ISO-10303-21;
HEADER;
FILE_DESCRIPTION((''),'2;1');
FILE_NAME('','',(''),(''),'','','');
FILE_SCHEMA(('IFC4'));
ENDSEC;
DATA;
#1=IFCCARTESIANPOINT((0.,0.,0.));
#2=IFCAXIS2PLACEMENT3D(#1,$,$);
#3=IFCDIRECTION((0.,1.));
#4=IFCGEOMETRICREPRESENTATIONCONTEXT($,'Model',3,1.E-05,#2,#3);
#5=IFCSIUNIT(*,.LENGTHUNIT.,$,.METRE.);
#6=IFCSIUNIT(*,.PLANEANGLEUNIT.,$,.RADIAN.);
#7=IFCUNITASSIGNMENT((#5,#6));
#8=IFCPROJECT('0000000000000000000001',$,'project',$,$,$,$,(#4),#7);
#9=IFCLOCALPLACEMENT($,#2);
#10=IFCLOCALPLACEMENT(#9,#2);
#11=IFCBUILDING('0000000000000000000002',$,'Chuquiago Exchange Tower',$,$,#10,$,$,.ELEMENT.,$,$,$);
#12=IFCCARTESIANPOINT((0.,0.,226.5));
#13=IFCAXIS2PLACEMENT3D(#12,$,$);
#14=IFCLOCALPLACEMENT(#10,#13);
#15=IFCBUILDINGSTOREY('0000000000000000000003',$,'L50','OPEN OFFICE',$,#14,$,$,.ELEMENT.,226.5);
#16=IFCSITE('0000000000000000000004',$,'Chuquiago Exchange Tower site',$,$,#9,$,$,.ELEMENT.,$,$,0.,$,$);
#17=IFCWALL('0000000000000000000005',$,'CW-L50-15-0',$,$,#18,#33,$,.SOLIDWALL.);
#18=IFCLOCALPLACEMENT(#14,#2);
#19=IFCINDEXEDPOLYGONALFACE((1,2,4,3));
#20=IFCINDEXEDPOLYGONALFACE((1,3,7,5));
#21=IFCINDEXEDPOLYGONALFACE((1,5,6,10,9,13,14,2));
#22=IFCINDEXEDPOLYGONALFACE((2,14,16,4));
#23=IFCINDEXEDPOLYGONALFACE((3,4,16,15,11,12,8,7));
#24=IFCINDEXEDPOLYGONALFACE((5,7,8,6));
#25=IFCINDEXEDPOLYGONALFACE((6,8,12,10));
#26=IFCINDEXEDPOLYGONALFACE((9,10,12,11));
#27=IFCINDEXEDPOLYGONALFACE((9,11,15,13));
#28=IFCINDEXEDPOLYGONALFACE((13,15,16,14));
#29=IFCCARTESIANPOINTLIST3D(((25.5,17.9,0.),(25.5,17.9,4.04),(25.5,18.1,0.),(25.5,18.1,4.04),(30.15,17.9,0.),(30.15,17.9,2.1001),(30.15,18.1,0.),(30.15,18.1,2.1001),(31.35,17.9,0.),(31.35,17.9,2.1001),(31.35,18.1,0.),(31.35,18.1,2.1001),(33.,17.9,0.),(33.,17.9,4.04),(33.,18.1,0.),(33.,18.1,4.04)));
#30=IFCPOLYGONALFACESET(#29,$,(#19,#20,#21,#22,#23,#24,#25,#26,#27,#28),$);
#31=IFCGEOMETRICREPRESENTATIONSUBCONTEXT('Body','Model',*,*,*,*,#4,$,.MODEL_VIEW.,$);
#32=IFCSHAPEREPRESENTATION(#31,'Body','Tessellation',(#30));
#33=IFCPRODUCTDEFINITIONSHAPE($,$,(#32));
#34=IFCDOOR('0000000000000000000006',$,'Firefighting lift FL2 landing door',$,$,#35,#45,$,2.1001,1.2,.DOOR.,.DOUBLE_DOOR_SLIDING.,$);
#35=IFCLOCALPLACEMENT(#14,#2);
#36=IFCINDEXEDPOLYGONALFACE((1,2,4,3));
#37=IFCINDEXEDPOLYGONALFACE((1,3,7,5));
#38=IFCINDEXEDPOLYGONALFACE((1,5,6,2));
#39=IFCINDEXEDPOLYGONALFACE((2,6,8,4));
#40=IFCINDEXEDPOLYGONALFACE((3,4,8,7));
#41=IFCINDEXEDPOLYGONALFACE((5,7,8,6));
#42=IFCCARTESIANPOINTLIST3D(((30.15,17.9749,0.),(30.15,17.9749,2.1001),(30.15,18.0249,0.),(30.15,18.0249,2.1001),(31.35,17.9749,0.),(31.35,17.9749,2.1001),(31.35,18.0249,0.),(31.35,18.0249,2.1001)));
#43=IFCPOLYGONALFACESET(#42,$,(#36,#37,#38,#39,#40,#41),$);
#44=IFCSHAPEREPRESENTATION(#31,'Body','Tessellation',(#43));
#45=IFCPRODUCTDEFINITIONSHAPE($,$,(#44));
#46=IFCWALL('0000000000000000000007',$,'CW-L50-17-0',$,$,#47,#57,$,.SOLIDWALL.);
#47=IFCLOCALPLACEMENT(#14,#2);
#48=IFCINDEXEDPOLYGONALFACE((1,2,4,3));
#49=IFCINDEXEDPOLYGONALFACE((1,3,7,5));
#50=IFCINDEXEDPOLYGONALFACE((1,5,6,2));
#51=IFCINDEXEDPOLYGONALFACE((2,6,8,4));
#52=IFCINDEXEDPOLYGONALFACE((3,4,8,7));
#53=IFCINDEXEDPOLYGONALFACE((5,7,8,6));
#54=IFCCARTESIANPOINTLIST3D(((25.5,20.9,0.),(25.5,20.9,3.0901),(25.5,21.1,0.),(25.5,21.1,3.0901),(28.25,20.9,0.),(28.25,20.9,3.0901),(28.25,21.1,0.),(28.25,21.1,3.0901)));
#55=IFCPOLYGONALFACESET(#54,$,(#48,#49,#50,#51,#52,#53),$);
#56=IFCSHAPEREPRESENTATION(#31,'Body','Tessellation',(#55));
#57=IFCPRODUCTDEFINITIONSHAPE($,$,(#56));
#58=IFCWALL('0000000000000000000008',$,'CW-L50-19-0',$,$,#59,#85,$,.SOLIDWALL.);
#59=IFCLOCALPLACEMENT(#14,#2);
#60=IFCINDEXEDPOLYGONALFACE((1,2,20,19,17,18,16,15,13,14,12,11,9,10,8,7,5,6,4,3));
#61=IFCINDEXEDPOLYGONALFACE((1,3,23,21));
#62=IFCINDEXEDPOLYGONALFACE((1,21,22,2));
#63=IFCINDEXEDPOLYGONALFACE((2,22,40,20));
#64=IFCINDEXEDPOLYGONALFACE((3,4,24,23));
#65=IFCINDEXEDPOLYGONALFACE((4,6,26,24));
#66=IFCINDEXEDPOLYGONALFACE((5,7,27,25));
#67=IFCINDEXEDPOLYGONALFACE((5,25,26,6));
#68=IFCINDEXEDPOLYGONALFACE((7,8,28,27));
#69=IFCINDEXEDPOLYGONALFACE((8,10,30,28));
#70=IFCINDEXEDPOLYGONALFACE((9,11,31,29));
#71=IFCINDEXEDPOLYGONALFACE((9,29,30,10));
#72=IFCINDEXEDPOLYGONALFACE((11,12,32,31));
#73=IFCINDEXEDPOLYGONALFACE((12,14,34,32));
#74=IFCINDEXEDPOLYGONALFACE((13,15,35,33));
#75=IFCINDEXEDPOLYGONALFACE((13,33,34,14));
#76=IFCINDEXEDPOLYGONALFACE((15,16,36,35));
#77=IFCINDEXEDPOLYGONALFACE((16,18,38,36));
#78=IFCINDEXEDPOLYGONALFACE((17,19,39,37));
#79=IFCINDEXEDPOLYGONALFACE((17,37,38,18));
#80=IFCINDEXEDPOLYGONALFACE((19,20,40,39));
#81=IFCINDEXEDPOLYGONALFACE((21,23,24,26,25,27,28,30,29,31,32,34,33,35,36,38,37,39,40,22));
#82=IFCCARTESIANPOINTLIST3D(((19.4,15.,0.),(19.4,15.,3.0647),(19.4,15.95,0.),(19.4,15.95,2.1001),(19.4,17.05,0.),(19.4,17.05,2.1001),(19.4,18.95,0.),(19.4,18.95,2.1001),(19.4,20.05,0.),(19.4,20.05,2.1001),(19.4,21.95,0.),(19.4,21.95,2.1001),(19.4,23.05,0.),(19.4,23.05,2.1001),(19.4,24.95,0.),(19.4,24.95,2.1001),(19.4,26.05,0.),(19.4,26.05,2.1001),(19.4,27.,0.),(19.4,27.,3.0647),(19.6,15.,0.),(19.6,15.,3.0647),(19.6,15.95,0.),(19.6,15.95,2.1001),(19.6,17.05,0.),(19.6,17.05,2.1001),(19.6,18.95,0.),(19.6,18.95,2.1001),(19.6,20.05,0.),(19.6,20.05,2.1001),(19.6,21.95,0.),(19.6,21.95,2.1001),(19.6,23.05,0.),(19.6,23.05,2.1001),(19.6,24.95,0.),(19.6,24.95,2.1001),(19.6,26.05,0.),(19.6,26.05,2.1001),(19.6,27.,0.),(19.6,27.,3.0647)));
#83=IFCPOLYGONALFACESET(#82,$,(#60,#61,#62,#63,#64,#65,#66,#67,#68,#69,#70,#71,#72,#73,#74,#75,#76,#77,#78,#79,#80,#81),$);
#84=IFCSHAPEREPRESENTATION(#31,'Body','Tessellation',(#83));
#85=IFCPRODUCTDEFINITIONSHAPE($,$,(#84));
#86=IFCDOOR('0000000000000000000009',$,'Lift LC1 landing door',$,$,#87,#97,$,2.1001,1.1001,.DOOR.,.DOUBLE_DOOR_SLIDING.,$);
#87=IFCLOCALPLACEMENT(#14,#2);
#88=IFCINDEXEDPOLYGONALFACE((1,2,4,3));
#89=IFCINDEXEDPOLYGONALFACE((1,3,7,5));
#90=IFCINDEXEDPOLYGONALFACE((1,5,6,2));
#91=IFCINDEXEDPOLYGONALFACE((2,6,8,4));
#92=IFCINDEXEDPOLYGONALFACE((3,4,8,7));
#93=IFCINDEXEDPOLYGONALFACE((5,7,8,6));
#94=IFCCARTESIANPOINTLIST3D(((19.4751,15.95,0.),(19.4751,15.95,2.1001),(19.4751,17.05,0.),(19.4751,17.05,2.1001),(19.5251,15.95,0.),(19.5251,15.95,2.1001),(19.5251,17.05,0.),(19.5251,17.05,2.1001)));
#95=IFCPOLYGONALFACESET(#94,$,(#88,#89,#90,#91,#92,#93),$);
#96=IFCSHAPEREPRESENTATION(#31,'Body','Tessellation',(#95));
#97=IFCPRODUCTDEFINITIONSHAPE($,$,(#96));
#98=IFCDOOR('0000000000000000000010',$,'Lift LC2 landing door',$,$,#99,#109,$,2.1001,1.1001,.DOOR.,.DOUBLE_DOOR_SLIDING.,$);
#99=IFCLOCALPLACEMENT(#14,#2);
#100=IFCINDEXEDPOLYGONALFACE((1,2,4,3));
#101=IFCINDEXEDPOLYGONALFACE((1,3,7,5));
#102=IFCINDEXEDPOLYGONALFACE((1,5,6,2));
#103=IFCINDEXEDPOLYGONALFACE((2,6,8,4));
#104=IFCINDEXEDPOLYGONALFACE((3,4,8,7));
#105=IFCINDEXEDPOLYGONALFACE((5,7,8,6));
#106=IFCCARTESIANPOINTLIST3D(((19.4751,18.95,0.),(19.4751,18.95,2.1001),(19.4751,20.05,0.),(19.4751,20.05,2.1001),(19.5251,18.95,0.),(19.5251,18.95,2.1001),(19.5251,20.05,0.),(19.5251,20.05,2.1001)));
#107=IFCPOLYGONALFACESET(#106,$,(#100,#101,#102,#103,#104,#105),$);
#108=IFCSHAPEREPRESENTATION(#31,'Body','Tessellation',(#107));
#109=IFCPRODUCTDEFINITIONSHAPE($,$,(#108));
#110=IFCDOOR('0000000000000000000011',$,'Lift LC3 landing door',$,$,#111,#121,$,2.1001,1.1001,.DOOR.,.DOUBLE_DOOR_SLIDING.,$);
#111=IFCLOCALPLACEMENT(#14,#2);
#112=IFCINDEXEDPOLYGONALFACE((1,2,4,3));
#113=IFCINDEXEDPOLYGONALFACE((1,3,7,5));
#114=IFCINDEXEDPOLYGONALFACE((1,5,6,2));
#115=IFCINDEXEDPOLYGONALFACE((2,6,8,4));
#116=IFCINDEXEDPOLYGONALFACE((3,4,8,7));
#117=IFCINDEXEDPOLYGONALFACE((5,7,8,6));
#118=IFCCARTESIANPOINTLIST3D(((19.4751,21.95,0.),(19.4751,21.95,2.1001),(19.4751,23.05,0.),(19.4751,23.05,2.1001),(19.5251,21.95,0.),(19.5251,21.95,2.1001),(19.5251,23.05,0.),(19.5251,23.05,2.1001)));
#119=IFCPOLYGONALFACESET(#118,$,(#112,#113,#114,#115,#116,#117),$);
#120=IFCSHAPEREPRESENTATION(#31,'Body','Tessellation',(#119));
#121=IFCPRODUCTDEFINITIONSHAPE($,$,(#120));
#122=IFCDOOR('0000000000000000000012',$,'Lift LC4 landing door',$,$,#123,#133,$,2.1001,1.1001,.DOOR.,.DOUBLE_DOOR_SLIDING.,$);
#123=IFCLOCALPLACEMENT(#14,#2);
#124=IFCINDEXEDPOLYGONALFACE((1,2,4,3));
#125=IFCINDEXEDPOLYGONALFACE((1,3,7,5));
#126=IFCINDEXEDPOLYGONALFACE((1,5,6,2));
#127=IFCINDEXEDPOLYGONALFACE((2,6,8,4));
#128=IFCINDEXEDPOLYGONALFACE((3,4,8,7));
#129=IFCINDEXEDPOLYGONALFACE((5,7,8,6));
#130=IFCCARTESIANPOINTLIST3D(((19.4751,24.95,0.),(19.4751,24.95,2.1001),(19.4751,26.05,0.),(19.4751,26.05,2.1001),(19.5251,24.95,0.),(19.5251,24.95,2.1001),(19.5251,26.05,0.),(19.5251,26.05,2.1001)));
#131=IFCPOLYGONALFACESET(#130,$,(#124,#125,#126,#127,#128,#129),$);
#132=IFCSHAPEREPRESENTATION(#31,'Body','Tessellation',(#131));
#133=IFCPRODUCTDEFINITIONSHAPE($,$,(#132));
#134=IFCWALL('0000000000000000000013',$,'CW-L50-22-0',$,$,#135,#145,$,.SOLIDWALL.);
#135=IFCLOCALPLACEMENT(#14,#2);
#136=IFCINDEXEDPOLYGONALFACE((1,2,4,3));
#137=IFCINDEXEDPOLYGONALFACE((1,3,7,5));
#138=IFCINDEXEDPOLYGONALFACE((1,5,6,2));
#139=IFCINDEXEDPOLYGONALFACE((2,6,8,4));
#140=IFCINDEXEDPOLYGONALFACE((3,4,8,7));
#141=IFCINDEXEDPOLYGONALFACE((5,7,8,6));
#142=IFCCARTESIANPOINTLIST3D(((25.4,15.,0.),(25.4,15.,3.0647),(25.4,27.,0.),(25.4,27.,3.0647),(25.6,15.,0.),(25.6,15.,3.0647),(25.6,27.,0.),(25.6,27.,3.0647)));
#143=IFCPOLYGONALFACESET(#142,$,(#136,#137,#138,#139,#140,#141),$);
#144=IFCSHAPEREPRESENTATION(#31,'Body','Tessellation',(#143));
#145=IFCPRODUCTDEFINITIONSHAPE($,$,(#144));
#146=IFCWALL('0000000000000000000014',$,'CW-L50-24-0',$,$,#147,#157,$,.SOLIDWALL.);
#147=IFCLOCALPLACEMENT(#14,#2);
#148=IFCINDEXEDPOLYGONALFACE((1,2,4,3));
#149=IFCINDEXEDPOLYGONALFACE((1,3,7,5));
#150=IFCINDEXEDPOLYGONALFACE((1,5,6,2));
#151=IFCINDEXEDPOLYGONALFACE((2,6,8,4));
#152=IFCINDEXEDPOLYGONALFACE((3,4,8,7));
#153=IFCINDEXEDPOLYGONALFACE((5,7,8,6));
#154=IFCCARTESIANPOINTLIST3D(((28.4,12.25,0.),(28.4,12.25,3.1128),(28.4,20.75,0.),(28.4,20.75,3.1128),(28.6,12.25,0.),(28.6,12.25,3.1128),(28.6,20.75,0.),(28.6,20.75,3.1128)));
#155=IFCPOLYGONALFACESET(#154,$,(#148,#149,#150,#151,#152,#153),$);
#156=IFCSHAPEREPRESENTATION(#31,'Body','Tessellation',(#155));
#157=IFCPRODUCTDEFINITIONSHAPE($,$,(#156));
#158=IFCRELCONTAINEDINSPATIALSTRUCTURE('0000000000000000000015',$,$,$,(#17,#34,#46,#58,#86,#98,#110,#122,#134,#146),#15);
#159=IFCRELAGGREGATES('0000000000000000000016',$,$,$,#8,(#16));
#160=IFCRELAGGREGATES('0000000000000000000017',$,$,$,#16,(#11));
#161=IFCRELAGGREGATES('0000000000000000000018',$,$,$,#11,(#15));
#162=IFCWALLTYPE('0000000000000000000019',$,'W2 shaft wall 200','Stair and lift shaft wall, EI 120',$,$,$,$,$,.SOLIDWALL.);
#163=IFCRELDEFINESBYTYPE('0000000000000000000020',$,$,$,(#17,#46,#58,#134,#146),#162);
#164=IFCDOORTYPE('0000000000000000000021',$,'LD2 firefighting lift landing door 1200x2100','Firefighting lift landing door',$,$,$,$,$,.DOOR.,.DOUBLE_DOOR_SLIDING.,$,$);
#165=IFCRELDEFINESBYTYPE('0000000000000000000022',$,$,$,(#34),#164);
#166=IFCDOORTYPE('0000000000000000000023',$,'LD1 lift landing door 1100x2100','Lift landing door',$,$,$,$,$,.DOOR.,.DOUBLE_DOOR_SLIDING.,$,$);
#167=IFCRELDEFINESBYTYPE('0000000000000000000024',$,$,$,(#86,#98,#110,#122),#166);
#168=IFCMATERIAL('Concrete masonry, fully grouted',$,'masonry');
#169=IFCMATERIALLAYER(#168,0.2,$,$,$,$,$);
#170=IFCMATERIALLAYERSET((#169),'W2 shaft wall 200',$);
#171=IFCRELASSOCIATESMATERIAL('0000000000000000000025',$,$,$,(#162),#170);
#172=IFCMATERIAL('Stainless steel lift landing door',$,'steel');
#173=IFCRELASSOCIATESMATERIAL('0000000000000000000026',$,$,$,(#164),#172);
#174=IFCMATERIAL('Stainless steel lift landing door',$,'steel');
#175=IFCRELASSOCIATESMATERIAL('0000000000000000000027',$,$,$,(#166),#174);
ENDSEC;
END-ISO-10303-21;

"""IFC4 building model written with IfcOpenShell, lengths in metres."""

from ifc_helpers import new_model, si_unit, direction, frame, frame_2d, origin, place, context, subcontext, project, spatial, rectangle, extrude, material, layer, layer_set, type_object, element, fill, save


model = new_model("IFC4")

# Units and contexts
model_context = context("Model", 3, precision=1e-05, world=origin(), true_north=direction((0.0, 1.0)))
body_context = subcontext(model_context, "Body", "Model", "MODEL_VIEW")
ifc_project = project(units=[si_unit("LENGTHUNIT", "METRE"), si_unit("PLANEANGLEUNIT", "RADIAN")], contexts=[model_context])

# Site, building, storey
site_placement = place(None, origin())
site = spatial("IfcSite", under=ifc_project, at=site_placement, Name="Chuquiago Exchange Tower site", CompositionType="ELEMENT", RefElevation=0.0)
building_placement = place(site_placement, origin())
building = spatial("IfcBuilding", under=site, at=building_placement, Name="Chuquiago Exchange Tower", CompositionType="ELEMENT")
storey_placement = place(building_placement, frame((0.0, 0.0, 226.5)))
storey = spatial("IfcBuildingStorey", under=building, at=storey_placement, Name="L50", Description="OPEN OFFICE", CompositionType="ELEMENT", Elevation=226.5)

# Shared definitions
ifc_material_1 = material(Name="Concrete masonry, fully grouted", Category="masonry")
ifc_layer_1 = layer(ifc_material_1, 0.2)
ifc_layer_set_1 = layer_set([ifc_layer_1], Name="W2 shaft wall 200")
wall_type_1 = type_object("IfcWallType", Name="W2 shaft wall 200", Description="Stair and lift shaft wall, EI 120", PredefinedType="SOLIDWALL", material=ifc_layer_set_1)

# Wall, opening, door
wall_1_placement = place(storey_placement, frame((25.5, 18.0, 0.0), z_axis=(0.0, 0.0, 1.0), x_axis=(1.0, 0.0, 0.0)))
wall_1 = element("IfcWall", 1, at=wall_1_placement, inside=storey, type_object=wall_type_1, Name="CW-L50-15-0", PredefinedType="SOLIDWALL", context=body_context, shape_type="SweptSolid", body=[
    extrude(rectangle(XDim=7.5, YDim=0.2, at=frame_2d((3.75, 0.0))), origin(), (0.0, 0.0, 1.0), 4.04),
])
opening_1_placement = place(wall_1_placement, frame((4.6499, 0.0, 0.0)))
opening_1 = element("IfcOpeningElement", 2, at=opening_1_placement, cuts=wall_1, PredefinedType="OPENING", context=body_context, shape_type="SweptSolid", body=[
    extrude(rectangle(XDim=1.2, YDim=2.1001, at=frame_2d((0.6001, 1.05))), frame((0.0, 0.1099, 0.0), z_axis=(0.0, -1.0, 0.0), x_axis=(1.0, 0.0, 0.0)), (0.0, 0.0, 1.0), 0.22),
])
ifc_material_2 = material(Name="Stainless steel lift landing door", Category="steel")
door_type_1 = type_object("IfcDoorType", Name="LD2 firefighting lift landing door 1200x2100", Description="Firefighting lift landing door", OperationType="DOUBLE_DOOR_SLIDING", PredefinedType="DOOR", material=ifc_material_2)
door_1_placement = place(opening_1_placement, origin())
door_1 = element("IfcDoor", 3, at=door_1_placement, inside=storey, type_object=door_type_1, Name="Firefighting lift FL2 landing door", OperationType="DOUBLE_DOOR_SLIDING", OverallHeight=2.1001, OverallWidth=1.2, PredefinedType="DOOR", context=body_context, shape_type="SweptSolid", body=[
    extrude(rectangle(XDim=1.2, YDim=2.1001, at=frame_2d((0.6001, 1.05))), frame((0.0, 0.0249, 0.0), z_axis=(0.0, -1.0, 0.0), x_axis=(1.0, 0.0, 0.0)), (0.0, 0.0, 1.0), 0.05),
])
fill(opening_1, door_1)

# Wall
wall_2_placement = place(storey_placement, frame((25.5, 21.0, 0.0), z_axis=(0.0, 0.0, 1.0), x_axis=(1.0, 0.0, 0.0)))
element("IfcWall", 4, at=wall_2_placement, inside=storey, type_object=wall_type_1, Name="CW-L50-17-0", PredefinedType="SOLIDWALL", context=body_context, shape_type="SweptSolid", body=[
    extrude(rectangle(XDim=2.75, YDim=0.2, at=frame_2d((1.375, 0.0))), origin(), (0.0, 0.0, 1.0), 3.0901),
])

# Wall, openings, doors
wall_3_placement = place(storey_placement, frame((19.5, 15.0, 0.0), z_axis=(0.0, 0.0, 1.0), x_axis=(0.0, 1.0, 0.0)))
wall_3 = element("IfcWall", 5, at=wall_3_placement, inside=storey, type_object=wall_type_1, Name="CW-L50-19-0", PredefinedType="SOLIDWALL", context=body_context, shape_type="SweptSolid", body=[
    extrude(rectangle(XDim=12.0, YDim=0.2, at=frame_2d((6.0, 0.0))), origin(), (0.0, 0.0, 1.0), 3.0647),
])
opening_2_placement = place(wall_3_placement, frame((0.95, 0.0, 0.0)))
opening_2 = element("IfcOpeningElement", 6, at=opening_2_placement, cuts=wall_3, PredefinedType="OPENING", context=body_context, shape_type="SweptSolid", body=[
    extrude(rectangle(XDim=1.1001, YDim=2.1001, at=frame_2d((0.55, 1.05))), frame((0.0, 0.1099, 0.0), z_axis=(0.0, -1.0, 0.0), x_axis=(1.0, 0.0, 0.0)), (0.0, 0.0, 1.0), 0.22),
])
opening_3_placement = place(wall_3_placement, frame((3.95, 0.0, 0.0)))
opening_3 = element("IfcOpeningElement", 7, at=opening_3_placement, cuts=wall_3, PredefinedType="OPENING", context=body_context, shape_type="SweptSolid", body=[
    extrude(rectangle(XDim=1.1001, YDim=2.1001, at=frame_2d((0.55, 1.05))), frame((0.0, 0.1099, 0.0), z_axis=(0.0, -1.0, 0.0), x_axis=(1.0, 0.0, 0.0)), (0.0, 0.0, 1.0), 0.22),
])
opening_4_placement = place(wall_3_placement, frame((6.95, 0.0, 0.0)))
opening_4 = element("IfcOpeningElement", 8, at=opening_4_placement, cuts=wall_3, PredefinedType="OPENING", context=body_context, shape_type="SweptSolid", body=[
    extrude(rectangle(XDim=1.1001, YDim=2.1001, at=frame_2d((0.55, 1.05))), frame((0.0, 0.1099, 0.0), z_axis=(0.0, -1.0, 0.0), x_axis=(1.0, 0.0, 0.0)), (0.0, 0.0, 1.0), 0.22),
])
opening_5_placement = place(wall_3_placement, frame((9.95, 0.0, 0.0)))
opening_5 = element("IfcOpeningElement", 9, at=opening_5_placement, cuts=wall_3, PredefinedType="OPENING", context=body_context, shape_type="SweptSolid", body=[
    extrude(rectangle(XDim=1.1001, YDim=2.1001, at=frame_2d((0.55, 1.05))), frame((0.0, 0.1099, 0.0), z_axis=(0.0, -1.0, 0.0), x_axis=(1.0, 0.0, 0.0)), (0.0, 0.0, 1.0), 0.22),
])
ifc_material_3 = material(Name="Stainless steel lift landing door", Category="steel")
door_type_2 = type_object("IfcDoorType", Name="LD1 lift landing door 1100x2100", Description="Lift landing door", OperationType="DOUBLE_DOOR_SLIDING", PredefinedType="DOOR", material=ifc_material_3)
door_2_placement = place(opening_2_placement, origin())
door_2 = element("IfcDoor", 10, at=door_2_placement, inside=storey, type_object=door_type_2, Name="Lift LC1 landing door", OperationType="DOUBLE_DOOR_SLIDING", OverallHeight=2.1001, OverallWidth=1.1001, PredefinedType="DOOR", context=body_context, shape_type="SweptSolid", body=[
    extrude(rectangle(XDim=1.1001, YDim=2.1001, at=frame_2d((0.55, 1.05))), frame((0.0, 0.0249, 0.0), z_axis=(0.0, -1.0, 0.0), x_axis=(1.0, 0.0, 0.0)), (0.0, 0.0, 1.0), 0.05),
])
fill(opening_2, door_2)
door_3_placement = place(opening_3_placement, origin())
door_3 = element("IfcDoor", 11, at=door_3_placement, inside=storey, type_object=door_type_2, Name="Lift LC2 landing door", OperationType="DOUBLE_DOOR_SLIDING", OverallHeight=2.1001, OverallWidth=1.1001, PredefinedType="DOOR", context=body_context, shape_type="SweptSolid", body=[
    extrude(rectangle(XDim=1.1001, YDim=2.1001, at=frame_2d((0.55, 1.05))), frame((0.0, 0.0249, 0.0), z_axis=(0.0, -1.0, 0.0), x_axis=(1.0, 0.0, 0.0)), (0.0, 0.0, 1.0), 0.05),
])
fill(opening_3, door_3)
door_4_placement = place(opening_4_placement, origin())
door_4 = element("IfcDoor", 12, at=door_4_placement, inside=storey, type_object=door_type_2, Name="Lift LC3 landing door", OperationType="DOUBLE_DOOR_SLIDING", OverallHeight=2.1001, OverallWidth=1.1001, PredefinedType="DOOR", context=body_context, shape_type="SweptSolid", body=[
    extrude(rectangle(XDim=1.1001, YDim=2.1001, at=frame_2d((0.55, 1.05))), frame((0.0, 0.0249, 0.0), z_axis=(0.0, -1.0, 0.0), x_axis=(1.0, 0.0, 0.0)), (0.0, 0.0, 1.0), 0.05),
])
fill(opening_4, door_4)
door_5_placement = place(opening_5_placement, origin())
door_5 = element("IfcDoor", 13, at=door_5_placement, inside=storey, type_object=door_type_2, Name="Lift LC4 landing door", OperationType="DOUBLE_DOOR_SLIDING", OverallHeight=2.1001, OverallWidth=1.1001, PredefinedType="DOOR", context=body_context, shape_type="SweptSolid", body=[
    extrude(rectangle(XDim=1.1001, YDim=2.1001, at=frame_2d((0.55, 1.05))), frame((0.0, 0.0249, 0.0), z_axis=(0.0, -1.0, 0.0), x_axis=(1.0, 0.0, 0.0)), (0.0, 0.0, 1.0), 0.05),
])
fill(opening_5, door_5)

# Walls
wall_4_placement = place(storey_placement, frame((25.5, 15.0, 0.0), z_axis=(0.0, 0.0, 1.0), x_axis=(0.0, 1.0, 0.0)))
element("IfcWall", 14, at=wall_4_placement, inside=storey, type_object=wall_type_1, Name="CW-L50-22-0", PredefinedType="SOLIDWALL", context=body_context, shape_type="SweptSolid", body=[
    extrude(rectangle(XDim=12.0, YDim=0.2, at=frame_2d((6.0, 0.0))), origin(), (0.0, 0.0, 1.0), 3.0647),
])
wall_5_placement = place(storey_placement, frame((28.5, 12.25, 0.0), z_axis=(0.0, 0.0, 1.0), x_axis=(0.0, 1.0, 0.0)))
element("IfcWall", 15, at=wall_5_placement, inside=storey, type_object=wall_type_1, Name="CW-L50-24-0", PredefinedType="SOLIDWALL", context=body_context, shape_type="SweptSolid", body=[
    extrude(rectangle(XDim=8.5, YDim=0.2, at=frame_2d((4.25, 0.0))), origin(), (0.0, 0.0, 1.0), 3.1128),
])

save(model, "model.ifc")
